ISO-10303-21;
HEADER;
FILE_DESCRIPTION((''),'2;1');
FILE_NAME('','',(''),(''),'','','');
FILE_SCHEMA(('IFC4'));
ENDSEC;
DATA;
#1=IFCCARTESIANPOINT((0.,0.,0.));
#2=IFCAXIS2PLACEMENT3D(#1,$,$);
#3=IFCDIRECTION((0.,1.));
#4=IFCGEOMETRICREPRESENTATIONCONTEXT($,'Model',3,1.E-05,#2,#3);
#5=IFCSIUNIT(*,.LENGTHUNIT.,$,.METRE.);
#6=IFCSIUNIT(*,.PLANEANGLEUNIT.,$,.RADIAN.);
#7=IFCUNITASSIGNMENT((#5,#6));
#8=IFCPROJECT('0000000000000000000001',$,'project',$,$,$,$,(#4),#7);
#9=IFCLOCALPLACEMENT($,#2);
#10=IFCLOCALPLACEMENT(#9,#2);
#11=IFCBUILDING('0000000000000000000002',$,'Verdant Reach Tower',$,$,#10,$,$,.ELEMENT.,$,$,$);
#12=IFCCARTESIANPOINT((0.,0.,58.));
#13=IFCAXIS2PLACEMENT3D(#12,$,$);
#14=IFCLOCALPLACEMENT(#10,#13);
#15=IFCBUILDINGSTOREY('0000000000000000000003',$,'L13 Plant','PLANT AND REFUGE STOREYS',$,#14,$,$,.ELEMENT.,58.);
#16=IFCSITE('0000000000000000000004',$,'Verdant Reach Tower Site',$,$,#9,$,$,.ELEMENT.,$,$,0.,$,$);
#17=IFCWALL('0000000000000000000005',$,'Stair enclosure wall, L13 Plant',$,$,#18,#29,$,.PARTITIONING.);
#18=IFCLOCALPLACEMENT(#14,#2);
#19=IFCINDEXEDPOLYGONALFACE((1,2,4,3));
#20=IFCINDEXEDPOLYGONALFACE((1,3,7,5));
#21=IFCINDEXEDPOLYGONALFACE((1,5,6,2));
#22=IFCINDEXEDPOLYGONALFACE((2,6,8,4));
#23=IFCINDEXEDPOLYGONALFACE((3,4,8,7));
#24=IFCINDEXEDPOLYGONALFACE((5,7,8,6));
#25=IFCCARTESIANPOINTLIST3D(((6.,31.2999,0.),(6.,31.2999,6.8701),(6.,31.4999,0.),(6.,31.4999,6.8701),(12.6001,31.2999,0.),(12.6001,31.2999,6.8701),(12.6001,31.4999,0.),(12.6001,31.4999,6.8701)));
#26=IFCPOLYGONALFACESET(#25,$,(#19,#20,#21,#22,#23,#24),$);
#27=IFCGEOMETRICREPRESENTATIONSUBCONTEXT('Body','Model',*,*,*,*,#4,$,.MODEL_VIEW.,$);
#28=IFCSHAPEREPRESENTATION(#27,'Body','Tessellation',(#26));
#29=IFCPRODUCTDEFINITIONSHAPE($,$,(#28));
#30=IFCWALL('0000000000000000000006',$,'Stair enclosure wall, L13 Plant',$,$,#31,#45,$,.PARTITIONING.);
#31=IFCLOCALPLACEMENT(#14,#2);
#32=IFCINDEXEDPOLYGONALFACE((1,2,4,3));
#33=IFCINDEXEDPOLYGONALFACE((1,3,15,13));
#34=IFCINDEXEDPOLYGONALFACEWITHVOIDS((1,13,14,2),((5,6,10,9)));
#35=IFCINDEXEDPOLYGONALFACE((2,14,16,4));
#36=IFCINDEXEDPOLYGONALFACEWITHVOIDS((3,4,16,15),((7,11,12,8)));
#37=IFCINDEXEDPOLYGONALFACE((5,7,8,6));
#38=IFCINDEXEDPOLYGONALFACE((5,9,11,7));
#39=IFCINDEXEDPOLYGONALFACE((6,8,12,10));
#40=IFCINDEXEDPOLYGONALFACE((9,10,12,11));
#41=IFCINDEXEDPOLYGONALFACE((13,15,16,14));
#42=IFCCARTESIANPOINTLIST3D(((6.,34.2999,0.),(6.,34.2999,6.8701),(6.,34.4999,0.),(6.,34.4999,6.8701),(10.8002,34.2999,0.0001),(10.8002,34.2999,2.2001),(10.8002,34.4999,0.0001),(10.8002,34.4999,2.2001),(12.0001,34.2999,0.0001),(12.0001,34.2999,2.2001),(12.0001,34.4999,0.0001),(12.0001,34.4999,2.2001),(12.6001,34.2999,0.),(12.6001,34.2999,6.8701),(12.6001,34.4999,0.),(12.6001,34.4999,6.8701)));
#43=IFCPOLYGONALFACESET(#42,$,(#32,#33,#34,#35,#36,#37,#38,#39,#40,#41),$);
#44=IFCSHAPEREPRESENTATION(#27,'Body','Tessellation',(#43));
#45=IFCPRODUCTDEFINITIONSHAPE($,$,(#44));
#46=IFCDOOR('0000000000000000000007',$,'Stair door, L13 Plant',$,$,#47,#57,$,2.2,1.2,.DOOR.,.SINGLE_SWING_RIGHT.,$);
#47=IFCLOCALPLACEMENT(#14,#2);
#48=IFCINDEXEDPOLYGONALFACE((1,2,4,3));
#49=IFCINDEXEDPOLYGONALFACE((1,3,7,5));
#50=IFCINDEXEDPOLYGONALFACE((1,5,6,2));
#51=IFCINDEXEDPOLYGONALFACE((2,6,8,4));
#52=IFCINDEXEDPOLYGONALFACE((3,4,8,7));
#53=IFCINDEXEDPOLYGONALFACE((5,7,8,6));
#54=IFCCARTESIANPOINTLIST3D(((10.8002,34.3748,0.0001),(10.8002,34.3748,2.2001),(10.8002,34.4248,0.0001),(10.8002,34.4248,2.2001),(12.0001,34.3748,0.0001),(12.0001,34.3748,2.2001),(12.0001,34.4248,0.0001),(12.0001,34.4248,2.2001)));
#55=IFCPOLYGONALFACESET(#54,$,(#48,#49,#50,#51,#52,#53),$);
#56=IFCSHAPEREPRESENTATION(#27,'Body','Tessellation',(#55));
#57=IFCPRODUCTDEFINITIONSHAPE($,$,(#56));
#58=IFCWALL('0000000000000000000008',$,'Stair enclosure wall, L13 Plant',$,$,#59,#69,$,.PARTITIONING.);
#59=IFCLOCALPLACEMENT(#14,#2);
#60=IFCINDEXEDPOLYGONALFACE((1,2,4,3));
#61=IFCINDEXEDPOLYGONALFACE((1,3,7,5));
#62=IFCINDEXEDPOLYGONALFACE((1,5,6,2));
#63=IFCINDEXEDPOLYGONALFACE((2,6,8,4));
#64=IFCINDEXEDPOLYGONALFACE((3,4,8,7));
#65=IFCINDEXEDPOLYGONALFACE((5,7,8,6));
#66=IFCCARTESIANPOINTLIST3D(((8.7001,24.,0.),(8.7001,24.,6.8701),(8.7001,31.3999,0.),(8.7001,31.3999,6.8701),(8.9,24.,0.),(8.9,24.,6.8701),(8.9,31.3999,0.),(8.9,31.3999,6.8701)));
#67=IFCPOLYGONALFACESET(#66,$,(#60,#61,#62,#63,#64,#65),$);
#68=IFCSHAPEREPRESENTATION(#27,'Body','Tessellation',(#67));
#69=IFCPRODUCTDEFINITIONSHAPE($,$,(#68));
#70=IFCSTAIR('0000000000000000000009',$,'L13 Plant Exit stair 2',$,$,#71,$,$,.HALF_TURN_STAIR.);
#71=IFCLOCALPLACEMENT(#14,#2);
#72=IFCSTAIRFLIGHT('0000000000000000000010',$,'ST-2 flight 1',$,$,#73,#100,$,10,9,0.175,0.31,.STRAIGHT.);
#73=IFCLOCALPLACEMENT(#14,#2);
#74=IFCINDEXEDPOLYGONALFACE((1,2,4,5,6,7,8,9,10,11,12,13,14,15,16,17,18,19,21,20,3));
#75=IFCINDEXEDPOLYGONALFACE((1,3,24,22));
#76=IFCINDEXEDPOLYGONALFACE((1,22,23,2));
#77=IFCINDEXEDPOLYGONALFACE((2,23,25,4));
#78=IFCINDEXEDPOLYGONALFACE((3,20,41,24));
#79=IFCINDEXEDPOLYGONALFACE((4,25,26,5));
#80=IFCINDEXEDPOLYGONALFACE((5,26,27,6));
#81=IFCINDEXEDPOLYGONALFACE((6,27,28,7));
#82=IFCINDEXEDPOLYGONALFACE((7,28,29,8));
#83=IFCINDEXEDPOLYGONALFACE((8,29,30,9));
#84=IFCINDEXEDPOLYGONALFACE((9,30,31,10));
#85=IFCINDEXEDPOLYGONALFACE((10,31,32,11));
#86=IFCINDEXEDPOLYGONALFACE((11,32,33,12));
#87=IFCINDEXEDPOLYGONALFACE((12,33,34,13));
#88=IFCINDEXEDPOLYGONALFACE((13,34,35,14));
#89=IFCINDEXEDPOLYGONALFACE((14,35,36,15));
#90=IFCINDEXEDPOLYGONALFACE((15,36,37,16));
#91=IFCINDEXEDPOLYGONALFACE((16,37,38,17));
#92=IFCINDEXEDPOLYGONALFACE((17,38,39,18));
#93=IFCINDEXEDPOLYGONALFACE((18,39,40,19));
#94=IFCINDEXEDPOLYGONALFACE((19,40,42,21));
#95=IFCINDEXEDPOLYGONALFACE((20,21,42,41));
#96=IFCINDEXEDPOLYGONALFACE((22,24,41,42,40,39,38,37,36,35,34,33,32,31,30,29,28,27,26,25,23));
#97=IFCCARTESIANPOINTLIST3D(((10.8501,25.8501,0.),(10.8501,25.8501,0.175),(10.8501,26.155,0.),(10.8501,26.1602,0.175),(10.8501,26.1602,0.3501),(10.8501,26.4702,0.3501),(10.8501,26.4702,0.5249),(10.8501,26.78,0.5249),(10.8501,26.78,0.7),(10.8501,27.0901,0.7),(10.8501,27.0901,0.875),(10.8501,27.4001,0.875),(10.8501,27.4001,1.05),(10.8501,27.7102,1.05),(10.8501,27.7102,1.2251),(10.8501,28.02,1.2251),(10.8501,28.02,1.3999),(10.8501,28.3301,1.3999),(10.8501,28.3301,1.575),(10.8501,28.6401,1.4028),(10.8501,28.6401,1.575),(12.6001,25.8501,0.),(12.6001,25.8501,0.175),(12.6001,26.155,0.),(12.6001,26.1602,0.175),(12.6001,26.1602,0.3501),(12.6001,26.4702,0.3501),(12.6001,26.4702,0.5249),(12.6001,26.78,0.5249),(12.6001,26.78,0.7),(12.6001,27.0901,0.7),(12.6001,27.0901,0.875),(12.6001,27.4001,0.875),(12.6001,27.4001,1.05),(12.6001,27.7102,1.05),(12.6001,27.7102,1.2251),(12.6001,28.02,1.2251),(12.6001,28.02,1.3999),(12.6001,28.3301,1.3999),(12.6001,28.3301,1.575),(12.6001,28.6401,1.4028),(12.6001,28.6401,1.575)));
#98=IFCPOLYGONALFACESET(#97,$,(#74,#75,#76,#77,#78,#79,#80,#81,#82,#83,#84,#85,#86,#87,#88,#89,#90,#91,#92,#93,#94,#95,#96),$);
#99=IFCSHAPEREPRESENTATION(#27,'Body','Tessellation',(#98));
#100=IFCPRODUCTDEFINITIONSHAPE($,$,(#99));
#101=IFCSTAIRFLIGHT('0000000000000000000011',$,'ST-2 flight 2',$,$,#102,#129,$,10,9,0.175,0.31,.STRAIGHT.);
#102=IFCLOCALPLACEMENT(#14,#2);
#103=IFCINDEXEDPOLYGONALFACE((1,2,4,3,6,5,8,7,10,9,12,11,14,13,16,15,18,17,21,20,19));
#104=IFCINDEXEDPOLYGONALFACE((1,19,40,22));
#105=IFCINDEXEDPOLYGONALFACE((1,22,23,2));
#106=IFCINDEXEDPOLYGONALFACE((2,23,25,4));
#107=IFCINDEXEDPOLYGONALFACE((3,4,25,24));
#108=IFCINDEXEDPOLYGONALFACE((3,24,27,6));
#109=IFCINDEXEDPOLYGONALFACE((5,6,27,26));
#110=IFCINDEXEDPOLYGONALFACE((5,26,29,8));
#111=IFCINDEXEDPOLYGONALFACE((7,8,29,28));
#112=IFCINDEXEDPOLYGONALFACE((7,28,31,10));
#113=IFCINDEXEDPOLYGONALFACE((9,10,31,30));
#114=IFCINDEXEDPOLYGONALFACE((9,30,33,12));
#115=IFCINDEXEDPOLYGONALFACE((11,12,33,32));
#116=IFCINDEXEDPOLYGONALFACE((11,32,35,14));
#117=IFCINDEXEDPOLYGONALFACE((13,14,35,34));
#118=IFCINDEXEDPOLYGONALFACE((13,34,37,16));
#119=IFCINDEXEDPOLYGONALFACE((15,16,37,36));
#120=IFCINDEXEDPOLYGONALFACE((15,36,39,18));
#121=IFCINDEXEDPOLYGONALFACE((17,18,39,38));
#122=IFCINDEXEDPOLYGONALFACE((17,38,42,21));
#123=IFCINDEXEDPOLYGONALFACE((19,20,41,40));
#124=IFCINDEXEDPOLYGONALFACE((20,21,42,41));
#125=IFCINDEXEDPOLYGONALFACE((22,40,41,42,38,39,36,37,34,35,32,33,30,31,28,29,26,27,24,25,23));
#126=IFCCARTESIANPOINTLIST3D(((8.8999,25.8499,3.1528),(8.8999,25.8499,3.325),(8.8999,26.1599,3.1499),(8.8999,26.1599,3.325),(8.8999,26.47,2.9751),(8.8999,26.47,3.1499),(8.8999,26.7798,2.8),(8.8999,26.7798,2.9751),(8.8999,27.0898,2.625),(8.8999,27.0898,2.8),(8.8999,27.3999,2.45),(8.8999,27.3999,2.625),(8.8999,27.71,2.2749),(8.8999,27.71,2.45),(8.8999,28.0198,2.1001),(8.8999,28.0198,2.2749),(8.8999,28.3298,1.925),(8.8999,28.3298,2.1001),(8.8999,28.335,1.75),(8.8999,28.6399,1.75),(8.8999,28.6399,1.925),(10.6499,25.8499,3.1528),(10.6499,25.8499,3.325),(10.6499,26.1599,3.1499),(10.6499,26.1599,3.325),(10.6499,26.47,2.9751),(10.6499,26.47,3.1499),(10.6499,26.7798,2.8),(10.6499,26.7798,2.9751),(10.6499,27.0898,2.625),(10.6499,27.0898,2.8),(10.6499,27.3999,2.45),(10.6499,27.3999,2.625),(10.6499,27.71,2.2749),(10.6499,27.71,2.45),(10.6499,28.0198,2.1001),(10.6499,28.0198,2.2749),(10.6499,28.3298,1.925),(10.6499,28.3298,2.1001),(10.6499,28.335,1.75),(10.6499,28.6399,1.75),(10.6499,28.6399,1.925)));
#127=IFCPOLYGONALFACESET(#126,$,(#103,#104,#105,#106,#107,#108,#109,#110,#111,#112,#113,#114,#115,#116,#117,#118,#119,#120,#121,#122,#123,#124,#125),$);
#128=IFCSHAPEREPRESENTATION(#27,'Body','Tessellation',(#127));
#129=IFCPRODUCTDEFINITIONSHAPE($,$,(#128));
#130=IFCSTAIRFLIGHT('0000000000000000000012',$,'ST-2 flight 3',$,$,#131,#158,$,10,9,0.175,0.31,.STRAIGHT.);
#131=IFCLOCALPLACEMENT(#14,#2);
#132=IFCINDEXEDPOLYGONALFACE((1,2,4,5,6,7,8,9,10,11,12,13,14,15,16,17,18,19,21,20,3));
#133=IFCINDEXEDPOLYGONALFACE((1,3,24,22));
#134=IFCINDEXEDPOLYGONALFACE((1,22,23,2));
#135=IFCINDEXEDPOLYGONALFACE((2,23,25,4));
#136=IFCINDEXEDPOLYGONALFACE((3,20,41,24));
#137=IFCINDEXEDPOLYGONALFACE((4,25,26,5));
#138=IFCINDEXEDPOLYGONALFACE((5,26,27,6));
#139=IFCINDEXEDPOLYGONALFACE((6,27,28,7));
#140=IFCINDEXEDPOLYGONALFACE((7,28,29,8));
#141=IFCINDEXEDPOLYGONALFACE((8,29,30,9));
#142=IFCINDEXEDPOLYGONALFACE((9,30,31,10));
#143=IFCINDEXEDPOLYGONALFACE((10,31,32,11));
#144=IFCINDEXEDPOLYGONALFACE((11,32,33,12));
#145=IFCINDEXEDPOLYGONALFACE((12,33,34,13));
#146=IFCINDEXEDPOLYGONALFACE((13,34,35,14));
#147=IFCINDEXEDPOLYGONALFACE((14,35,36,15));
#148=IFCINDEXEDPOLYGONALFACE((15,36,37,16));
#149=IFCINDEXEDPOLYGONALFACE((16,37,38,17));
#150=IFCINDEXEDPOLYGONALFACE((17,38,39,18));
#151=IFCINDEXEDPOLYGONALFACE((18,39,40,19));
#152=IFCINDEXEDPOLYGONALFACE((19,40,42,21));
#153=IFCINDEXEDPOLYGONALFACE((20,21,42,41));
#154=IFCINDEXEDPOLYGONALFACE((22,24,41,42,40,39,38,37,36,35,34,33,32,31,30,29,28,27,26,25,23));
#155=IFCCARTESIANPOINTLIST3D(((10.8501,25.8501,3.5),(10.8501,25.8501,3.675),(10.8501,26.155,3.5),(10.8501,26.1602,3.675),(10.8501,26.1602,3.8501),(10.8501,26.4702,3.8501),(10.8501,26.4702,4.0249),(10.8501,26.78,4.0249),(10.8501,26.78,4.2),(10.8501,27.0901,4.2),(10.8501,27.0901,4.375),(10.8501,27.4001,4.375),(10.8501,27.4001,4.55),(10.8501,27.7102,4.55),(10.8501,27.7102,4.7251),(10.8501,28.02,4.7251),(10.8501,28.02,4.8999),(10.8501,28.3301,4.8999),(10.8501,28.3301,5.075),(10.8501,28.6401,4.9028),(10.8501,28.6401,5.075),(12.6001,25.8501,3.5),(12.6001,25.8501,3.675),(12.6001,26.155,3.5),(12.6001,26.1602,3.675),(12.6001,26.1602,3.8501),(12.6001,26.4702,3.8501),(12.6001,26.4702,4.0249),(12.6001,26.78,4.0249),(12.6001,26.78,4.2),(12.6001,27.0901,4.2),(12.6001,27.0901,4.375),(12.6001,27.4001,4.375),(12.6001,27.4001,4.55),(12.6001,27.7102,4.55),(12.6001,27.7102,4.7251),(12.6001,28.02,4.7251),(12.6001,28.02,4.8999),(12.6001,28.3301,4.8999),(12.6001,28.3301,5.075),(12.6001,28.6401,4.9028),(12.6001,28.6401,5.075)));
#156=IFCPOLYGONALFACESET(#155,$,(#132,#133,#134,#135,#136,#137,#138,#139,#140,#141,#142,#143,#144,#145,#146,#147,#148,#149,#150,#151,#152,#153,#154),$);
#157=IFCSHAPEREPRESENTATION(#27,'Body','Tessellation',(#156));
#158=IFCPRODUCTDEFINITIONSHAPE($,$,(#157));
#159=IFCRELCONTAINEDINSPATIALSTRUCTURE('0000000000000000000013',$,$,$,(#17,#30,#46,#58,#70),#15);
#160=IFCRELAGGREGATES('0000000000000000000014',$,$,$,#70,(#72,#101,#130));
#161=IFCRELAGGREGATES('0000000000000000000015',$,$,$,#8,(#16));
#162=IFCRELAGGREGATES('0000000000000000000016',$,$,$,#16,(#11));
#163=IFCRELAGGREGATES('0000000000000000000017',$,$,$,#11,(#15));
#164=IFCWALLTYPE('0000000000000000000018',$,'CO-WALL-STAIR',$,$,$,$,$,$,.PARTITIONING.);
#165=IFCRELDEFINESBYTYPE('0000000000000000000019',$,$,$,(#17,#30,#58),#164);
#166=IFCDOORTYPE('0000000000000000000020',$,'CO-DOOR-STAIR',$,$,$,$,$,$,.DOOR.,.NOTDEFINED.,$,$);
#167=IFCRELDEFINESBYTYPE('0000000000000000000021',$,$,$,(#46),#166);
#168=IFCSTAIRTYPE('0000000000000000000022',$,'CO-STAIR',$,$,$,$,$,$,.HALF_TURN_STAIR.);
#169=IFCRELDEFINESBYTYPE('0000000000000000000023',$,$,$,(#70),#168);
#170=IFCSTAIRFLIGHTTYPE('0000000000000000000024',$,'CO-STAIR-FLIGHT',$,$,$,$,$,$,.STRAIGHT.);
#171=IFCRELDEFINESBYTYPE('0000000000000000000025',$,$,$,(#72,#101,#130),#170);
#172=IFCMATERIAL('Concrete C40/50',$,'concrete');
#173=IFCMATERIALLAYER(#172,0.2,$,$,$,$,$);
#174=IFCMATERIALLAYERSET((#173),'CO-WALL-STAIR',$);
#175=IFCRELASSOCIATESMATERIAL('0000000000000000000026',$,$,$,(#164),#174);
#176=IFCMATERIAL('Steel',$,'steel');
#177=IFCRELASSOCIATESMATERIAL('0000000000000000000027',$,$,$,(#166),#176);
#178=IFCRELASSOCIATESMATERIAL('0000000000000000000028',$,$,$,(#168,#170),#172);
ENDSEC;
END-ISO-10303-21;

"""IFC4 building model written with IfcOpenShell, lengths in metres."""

from ifc_helpers import new_model, si_unit, direction, frame, frame_2d, origin, place, context, subcontext, project, spatial, polyline, rectangle, outline, extrude, material, layer, layer_set, type_object, element, fill, aggregate, save


model = new_model("IFC4")

# Units and contexts
model_context = context("Model", 3, precision=1e-05, world=origin(), true_north=direction((0.0, 1.0)))
body_context = subcontext(model_context, "Body", "Model", "MODEL_VIEW")
ifc_project = project(units=[si_unit("LENGTHUNIT", "METRE"), si_unit("PLANEANGLEUNIT", "RADIAN")], contexts=[model_context])

# Site, building, storey
site_placement = place(None, origin())
site = spatial("IfcSite", under=ifc_project, at=site_placement, Name="Verdant Reach Tower Site", CompositionType="ELEMENT", RefElevation=0.0)
building_placement = place(site_placement, origin())
building = spatial("IfcBuilding", under=site, at=building_placement, Name="Verdant Reach Tower", CompositionType="ELEMENT")
storey_placement = place(building_placement, frame((0.0, 0.0, 58.0)))
storey = spatial("IfcBuildingStorey", under=building, at=storey_placement, Name="L13 Plant", Description="PLANT AND REFUGE STOREYS", CompositionType="ELEMENT", Elevation=58.0)

# Shared definitions
ifc_material_1 = material(Name="Concrete C40/50", Category="concrete")

# Shared definitions
ifc_layer_1 = layer(ifc_material_1, 0.2)
ifc_layer_set_1 = layer_set([ifc_layer_1], Name="CO-WALL-STAIR")
wall_type_1 = type_object("IfcWallType", Name="CO-WALL-STAIR", PredefinedType="PARTITIONING", material=ifc_layer_set_1)
ifc_material_2 = material(Name="Steel", Category="steel")
door_type_1 = type_object("IfcDoorType", Name="CO-DOOR-STAIR", OperationType="NOTDEFINED", PredefinedType="DOOR", material=ifc_material_2)

# Wall
wall_1_placement = place(storey_placement, frame((6.0, 31.3999, 0.0), z_axis=(0.0, 0.0, 1.0), x_axis=(1.0, 0.0, 0.0)))
element("IfcWall", 1, at=wall_1_placement, inside=storey, type_object=wall_type_1, Name="Stair enclosure wall, L13 Plant", PredefinedType="PARTITIONING", context=body_context, shape_type="SweptSolid", body=[
    extrude(rectangle(XDim=6.6001, YDim=0.2, at=frame_2d((3.3, 0.0))), origin(), (0.0, 0.0, 1.0), 6.8701),
])

# Wall, opening, door
wall_2_placement = place(storey_placement, frame((6.0, 34.3999, 0.0), z_axis=(0.0, 0.0, 1.0), x_axis=(1.0, 0.0, 0.0)))
wall_2 = element("IfcWall", 2, at=wall_2_placement, inside=storey, type_object=wall_type_1, Name="Stair enclosure wall, L13 Plant", PredefinedType="PARTITIONING", context=body_context, shape_type="SweptSolid", body=[
    extrude(rectangle(XDim=6.6001, YDim=0.2, at=frame_2d((3.3, 0.0))), origin(), (0.0, 0.0, 1.0), 6.8701),
])
opening_1_placement = place(wall_2_placement, frame((4.8, 0.0, 0.0)))
opening_1 = element("IfcOpeningElement", 3, at=opening_1_placement, cuts=wall_2, PredefinedType="OPENING", context=body_context, shape_type="SweptSolid", body=[
    extrude(rectangle(XDim=1.2, YDim=2.2, at=frame_2d((0.6001, 1.1001))), frame((0.0, 0.1099, 0.0), z_axis=(0.0, -1.0, 0.0), x_axis=(1.0, 0.0, 0.0)), (0.0, 0.0, 1.0), 0.22),
])
door_1_placement = place(opening_1_placement, origin())
door_1 = element("IfcDoor", 4, at=door_1_placement, inside=storey, type_object=door_type_1, Name="Stair door, L13 Plant", OperationType="SINGLE_SWING_RIGHT", OverallHeight=2.2, OverallWidth=1.2, PredefinedType="DOOR", context=body_context, shape_type="SweptSolid", body=[
    extrude(rectangle(XDim=1.2, YDim=2.2, at=frame_2d((0.6001, 1.1001))), frame((0.0, 0.0249, 0.0), z_axis=(0.0, -1.0, 0.0), x_axis=(1.0, 0.0, 0.0)), (0.0, 0.0, 1.0), 0.05),
])
fill(opening_1, door_1)

# Wall
wall_3_placement = place(storey_placement, frame((8.8, 24.0, 0.0), z_axis=(0.0, 0.0, 1.0), x_axis=(0.0, 1.0, 0.0)))
element("IfcWall", 5, at=wall_3_placement, inside=storey, type_object=wall_type_1, Name="Stair enclosure wall, L13 Plant", PredefinedType="PARTITIONING", context=body_context, shape_type="SweptSolid", body=[
    extrude(rectangle(XDim=7.3999, YDim=0.2, at=frame_2d((3.7, 0.0))), origin(), (0.0, 0.0, 1.0), 6.8701),
])

# Stair, stair flights
stair_type = type_object("IfcStairType", Name="CO-STAIR", PredefinedType="HALF_TURN_STAIR", material=ifc_material_1)
stair_1_placement = place(storey_placement, origin())
stair_1 = element("IfcStair", 6, at=stair_1_placement, inside=storey, type_object=stair_type, Name="L13 Plant Exit stair 2", PredefinedType="HALF_TURN_STAIR")
stair_flight_type = type_object("IfcStairFlightType", Name="CO-STAIR-FLIGHT", PredefinedType="STRAIGHT", material=ifc_material_1)
stair_flight_1_placement = place(storey_placement, frame((11.7251, 25.8501, 0.0), z_axis=(0.0, 0.0, 1.0), x_axis=(0.0, 1.0, 0.0)))
stair_flight_1 = element("IfcStairFlight", 7, at=stair_flight_1_placement, type_object=stair_flight_type, Name="ST-2 flight 1", NumberOfRisers=10, NumberOfTreads=9, PredefinedType="STRAIGHT", RiserHeight=0.175, TreadLength=0.31, context=body_context, shape_type="SweptSolid", body=[
    extrude(outline(polyline([(0.0, 0.0), (0.0, 0.175), (0.3101, 0.175), (0.3101, 0.3501), (0.6201, 0.3501), (0.6201, 0.5249), (0.9299, 0.5249), (0.9299, 0.7), (1.24, 0.7), (1.24, 0.875), (1.55, 0.875), (1.55, 1.05), (1.8601, 1.05), (1.8601, 1.2251), (2.1699, 1.2251), (2.1699, 1.3999), (2.48, 1.3999), (2.48, 1.575), (2.79, 1.575), (2.79, 1.75), (2.79, 1.4028), (0.3049, 0.0), (0.0, 0.0)])), frame((0.0, 0.875, 0.0), z_axis=(0.0, -1.0, 0.0), x_axis=(1.0, 0.0, 0.0)), (0.0, 0.0, 1.0), 1.75),
])
stair_flight_2_placement = place(storey_placement, frame((9.7749, 28.6399, 1.75), z_axis=(0.0, 0.0, 1.0), x_axis=(0.0, -1.0, 0.0)))
stair_flight_2 = element("IfcStairFlight", 8, at=stair_flight_2_placement, type_object=stair_flight_type, Name="ST-2 flight 2", NumberOfRisers=10, NumberOfTreads=9, PredefinedType="STRAIGHT", RiserHeight=0.175, TreadLength=0.31, context=body_context, shape_type="SweptSolid", body=[
    extrude(outline(polyline([(0.0, 0.0), (0.0, 0.175), (0.3101, 0.175), (0.3101, 0.3501), (0.6201, 0.3501), (0.6201, 0.5249), (0.9299, 0.5249), (0.9299, 0.7), (1.24, 0.7), (1.24, 0.875), (1.55, 0.875), (1.55, 1.05), (1.8601, 1.05), (1.8601, 1.2251), (2.1699, 1.2251), (2.1699, 1.3999), (2.48, 1.3999), (2.48, 1.575), (2.79, 1.575), (2.79, 1.75), (2.79, 1.4028), (0.3049, 0.0), (0.0, 0.0)])), frame((0.0, 0.875, 0.0), z_axis=(0.0, -1.0, 0.0), x_axis=(1.0, 0.0, 0.0)), (0.0, 0.0, 1.0), 1.75),
])
stair_flight_3_placement = place(storey_placement, frame((11.7251, 25.8501, 3.5), z_axis=(0.0, 0.0, 1.0), x_axis=(0.0, 1.0, 0.0)))
stair_flight_3 = element("IfcStairFlight", 9, at=stair_flight_3_placement, type_object=stair_flight_type, Name="ST-2 flight 3", NumberOfRisers=10, NumberOfTreads=9, PredefinedType="STRAIGHT", RiserHeight=0.175, TreadLength=0.31, context=body_context, shape_type="SweptSolid", body=[
    extrude(outline(polyline([(0.0, 0.0), (0.0, 0.175), (0.3101, 0.175), (0.3101, 0.3501), (0.6201, 0.3501), (0.6201, 0.5249), (0.9299, 0.5249), (0.9299, 0.7), (1.24, 0.7), (1.24, 0.875), (1.55, 0.875), (1.55, 1.05), (1.8601, 1.05), (1.8601, 1.2251), (2.1699, 1.2251), (2.1699, 1.3999), (2.48, 1.3999), (2.48, 1.575), (2.79, 1.575), (2.79, 1.75), (2.79, 1.4028), (0.3049, 0.0), (0.0, 0.0)])), frame((0.0, 0.875, 0.0), z_axis=(0.0, -1.0, 0.0), x_axis=(1.0, 0.0, 0.0)), (0.0, 0.0, 1.0), 1.75),
])
aggregate(stair_1, [stair_flight_1, stair_flight_2, stair_flight_3])

save(model, "model.ifc")
